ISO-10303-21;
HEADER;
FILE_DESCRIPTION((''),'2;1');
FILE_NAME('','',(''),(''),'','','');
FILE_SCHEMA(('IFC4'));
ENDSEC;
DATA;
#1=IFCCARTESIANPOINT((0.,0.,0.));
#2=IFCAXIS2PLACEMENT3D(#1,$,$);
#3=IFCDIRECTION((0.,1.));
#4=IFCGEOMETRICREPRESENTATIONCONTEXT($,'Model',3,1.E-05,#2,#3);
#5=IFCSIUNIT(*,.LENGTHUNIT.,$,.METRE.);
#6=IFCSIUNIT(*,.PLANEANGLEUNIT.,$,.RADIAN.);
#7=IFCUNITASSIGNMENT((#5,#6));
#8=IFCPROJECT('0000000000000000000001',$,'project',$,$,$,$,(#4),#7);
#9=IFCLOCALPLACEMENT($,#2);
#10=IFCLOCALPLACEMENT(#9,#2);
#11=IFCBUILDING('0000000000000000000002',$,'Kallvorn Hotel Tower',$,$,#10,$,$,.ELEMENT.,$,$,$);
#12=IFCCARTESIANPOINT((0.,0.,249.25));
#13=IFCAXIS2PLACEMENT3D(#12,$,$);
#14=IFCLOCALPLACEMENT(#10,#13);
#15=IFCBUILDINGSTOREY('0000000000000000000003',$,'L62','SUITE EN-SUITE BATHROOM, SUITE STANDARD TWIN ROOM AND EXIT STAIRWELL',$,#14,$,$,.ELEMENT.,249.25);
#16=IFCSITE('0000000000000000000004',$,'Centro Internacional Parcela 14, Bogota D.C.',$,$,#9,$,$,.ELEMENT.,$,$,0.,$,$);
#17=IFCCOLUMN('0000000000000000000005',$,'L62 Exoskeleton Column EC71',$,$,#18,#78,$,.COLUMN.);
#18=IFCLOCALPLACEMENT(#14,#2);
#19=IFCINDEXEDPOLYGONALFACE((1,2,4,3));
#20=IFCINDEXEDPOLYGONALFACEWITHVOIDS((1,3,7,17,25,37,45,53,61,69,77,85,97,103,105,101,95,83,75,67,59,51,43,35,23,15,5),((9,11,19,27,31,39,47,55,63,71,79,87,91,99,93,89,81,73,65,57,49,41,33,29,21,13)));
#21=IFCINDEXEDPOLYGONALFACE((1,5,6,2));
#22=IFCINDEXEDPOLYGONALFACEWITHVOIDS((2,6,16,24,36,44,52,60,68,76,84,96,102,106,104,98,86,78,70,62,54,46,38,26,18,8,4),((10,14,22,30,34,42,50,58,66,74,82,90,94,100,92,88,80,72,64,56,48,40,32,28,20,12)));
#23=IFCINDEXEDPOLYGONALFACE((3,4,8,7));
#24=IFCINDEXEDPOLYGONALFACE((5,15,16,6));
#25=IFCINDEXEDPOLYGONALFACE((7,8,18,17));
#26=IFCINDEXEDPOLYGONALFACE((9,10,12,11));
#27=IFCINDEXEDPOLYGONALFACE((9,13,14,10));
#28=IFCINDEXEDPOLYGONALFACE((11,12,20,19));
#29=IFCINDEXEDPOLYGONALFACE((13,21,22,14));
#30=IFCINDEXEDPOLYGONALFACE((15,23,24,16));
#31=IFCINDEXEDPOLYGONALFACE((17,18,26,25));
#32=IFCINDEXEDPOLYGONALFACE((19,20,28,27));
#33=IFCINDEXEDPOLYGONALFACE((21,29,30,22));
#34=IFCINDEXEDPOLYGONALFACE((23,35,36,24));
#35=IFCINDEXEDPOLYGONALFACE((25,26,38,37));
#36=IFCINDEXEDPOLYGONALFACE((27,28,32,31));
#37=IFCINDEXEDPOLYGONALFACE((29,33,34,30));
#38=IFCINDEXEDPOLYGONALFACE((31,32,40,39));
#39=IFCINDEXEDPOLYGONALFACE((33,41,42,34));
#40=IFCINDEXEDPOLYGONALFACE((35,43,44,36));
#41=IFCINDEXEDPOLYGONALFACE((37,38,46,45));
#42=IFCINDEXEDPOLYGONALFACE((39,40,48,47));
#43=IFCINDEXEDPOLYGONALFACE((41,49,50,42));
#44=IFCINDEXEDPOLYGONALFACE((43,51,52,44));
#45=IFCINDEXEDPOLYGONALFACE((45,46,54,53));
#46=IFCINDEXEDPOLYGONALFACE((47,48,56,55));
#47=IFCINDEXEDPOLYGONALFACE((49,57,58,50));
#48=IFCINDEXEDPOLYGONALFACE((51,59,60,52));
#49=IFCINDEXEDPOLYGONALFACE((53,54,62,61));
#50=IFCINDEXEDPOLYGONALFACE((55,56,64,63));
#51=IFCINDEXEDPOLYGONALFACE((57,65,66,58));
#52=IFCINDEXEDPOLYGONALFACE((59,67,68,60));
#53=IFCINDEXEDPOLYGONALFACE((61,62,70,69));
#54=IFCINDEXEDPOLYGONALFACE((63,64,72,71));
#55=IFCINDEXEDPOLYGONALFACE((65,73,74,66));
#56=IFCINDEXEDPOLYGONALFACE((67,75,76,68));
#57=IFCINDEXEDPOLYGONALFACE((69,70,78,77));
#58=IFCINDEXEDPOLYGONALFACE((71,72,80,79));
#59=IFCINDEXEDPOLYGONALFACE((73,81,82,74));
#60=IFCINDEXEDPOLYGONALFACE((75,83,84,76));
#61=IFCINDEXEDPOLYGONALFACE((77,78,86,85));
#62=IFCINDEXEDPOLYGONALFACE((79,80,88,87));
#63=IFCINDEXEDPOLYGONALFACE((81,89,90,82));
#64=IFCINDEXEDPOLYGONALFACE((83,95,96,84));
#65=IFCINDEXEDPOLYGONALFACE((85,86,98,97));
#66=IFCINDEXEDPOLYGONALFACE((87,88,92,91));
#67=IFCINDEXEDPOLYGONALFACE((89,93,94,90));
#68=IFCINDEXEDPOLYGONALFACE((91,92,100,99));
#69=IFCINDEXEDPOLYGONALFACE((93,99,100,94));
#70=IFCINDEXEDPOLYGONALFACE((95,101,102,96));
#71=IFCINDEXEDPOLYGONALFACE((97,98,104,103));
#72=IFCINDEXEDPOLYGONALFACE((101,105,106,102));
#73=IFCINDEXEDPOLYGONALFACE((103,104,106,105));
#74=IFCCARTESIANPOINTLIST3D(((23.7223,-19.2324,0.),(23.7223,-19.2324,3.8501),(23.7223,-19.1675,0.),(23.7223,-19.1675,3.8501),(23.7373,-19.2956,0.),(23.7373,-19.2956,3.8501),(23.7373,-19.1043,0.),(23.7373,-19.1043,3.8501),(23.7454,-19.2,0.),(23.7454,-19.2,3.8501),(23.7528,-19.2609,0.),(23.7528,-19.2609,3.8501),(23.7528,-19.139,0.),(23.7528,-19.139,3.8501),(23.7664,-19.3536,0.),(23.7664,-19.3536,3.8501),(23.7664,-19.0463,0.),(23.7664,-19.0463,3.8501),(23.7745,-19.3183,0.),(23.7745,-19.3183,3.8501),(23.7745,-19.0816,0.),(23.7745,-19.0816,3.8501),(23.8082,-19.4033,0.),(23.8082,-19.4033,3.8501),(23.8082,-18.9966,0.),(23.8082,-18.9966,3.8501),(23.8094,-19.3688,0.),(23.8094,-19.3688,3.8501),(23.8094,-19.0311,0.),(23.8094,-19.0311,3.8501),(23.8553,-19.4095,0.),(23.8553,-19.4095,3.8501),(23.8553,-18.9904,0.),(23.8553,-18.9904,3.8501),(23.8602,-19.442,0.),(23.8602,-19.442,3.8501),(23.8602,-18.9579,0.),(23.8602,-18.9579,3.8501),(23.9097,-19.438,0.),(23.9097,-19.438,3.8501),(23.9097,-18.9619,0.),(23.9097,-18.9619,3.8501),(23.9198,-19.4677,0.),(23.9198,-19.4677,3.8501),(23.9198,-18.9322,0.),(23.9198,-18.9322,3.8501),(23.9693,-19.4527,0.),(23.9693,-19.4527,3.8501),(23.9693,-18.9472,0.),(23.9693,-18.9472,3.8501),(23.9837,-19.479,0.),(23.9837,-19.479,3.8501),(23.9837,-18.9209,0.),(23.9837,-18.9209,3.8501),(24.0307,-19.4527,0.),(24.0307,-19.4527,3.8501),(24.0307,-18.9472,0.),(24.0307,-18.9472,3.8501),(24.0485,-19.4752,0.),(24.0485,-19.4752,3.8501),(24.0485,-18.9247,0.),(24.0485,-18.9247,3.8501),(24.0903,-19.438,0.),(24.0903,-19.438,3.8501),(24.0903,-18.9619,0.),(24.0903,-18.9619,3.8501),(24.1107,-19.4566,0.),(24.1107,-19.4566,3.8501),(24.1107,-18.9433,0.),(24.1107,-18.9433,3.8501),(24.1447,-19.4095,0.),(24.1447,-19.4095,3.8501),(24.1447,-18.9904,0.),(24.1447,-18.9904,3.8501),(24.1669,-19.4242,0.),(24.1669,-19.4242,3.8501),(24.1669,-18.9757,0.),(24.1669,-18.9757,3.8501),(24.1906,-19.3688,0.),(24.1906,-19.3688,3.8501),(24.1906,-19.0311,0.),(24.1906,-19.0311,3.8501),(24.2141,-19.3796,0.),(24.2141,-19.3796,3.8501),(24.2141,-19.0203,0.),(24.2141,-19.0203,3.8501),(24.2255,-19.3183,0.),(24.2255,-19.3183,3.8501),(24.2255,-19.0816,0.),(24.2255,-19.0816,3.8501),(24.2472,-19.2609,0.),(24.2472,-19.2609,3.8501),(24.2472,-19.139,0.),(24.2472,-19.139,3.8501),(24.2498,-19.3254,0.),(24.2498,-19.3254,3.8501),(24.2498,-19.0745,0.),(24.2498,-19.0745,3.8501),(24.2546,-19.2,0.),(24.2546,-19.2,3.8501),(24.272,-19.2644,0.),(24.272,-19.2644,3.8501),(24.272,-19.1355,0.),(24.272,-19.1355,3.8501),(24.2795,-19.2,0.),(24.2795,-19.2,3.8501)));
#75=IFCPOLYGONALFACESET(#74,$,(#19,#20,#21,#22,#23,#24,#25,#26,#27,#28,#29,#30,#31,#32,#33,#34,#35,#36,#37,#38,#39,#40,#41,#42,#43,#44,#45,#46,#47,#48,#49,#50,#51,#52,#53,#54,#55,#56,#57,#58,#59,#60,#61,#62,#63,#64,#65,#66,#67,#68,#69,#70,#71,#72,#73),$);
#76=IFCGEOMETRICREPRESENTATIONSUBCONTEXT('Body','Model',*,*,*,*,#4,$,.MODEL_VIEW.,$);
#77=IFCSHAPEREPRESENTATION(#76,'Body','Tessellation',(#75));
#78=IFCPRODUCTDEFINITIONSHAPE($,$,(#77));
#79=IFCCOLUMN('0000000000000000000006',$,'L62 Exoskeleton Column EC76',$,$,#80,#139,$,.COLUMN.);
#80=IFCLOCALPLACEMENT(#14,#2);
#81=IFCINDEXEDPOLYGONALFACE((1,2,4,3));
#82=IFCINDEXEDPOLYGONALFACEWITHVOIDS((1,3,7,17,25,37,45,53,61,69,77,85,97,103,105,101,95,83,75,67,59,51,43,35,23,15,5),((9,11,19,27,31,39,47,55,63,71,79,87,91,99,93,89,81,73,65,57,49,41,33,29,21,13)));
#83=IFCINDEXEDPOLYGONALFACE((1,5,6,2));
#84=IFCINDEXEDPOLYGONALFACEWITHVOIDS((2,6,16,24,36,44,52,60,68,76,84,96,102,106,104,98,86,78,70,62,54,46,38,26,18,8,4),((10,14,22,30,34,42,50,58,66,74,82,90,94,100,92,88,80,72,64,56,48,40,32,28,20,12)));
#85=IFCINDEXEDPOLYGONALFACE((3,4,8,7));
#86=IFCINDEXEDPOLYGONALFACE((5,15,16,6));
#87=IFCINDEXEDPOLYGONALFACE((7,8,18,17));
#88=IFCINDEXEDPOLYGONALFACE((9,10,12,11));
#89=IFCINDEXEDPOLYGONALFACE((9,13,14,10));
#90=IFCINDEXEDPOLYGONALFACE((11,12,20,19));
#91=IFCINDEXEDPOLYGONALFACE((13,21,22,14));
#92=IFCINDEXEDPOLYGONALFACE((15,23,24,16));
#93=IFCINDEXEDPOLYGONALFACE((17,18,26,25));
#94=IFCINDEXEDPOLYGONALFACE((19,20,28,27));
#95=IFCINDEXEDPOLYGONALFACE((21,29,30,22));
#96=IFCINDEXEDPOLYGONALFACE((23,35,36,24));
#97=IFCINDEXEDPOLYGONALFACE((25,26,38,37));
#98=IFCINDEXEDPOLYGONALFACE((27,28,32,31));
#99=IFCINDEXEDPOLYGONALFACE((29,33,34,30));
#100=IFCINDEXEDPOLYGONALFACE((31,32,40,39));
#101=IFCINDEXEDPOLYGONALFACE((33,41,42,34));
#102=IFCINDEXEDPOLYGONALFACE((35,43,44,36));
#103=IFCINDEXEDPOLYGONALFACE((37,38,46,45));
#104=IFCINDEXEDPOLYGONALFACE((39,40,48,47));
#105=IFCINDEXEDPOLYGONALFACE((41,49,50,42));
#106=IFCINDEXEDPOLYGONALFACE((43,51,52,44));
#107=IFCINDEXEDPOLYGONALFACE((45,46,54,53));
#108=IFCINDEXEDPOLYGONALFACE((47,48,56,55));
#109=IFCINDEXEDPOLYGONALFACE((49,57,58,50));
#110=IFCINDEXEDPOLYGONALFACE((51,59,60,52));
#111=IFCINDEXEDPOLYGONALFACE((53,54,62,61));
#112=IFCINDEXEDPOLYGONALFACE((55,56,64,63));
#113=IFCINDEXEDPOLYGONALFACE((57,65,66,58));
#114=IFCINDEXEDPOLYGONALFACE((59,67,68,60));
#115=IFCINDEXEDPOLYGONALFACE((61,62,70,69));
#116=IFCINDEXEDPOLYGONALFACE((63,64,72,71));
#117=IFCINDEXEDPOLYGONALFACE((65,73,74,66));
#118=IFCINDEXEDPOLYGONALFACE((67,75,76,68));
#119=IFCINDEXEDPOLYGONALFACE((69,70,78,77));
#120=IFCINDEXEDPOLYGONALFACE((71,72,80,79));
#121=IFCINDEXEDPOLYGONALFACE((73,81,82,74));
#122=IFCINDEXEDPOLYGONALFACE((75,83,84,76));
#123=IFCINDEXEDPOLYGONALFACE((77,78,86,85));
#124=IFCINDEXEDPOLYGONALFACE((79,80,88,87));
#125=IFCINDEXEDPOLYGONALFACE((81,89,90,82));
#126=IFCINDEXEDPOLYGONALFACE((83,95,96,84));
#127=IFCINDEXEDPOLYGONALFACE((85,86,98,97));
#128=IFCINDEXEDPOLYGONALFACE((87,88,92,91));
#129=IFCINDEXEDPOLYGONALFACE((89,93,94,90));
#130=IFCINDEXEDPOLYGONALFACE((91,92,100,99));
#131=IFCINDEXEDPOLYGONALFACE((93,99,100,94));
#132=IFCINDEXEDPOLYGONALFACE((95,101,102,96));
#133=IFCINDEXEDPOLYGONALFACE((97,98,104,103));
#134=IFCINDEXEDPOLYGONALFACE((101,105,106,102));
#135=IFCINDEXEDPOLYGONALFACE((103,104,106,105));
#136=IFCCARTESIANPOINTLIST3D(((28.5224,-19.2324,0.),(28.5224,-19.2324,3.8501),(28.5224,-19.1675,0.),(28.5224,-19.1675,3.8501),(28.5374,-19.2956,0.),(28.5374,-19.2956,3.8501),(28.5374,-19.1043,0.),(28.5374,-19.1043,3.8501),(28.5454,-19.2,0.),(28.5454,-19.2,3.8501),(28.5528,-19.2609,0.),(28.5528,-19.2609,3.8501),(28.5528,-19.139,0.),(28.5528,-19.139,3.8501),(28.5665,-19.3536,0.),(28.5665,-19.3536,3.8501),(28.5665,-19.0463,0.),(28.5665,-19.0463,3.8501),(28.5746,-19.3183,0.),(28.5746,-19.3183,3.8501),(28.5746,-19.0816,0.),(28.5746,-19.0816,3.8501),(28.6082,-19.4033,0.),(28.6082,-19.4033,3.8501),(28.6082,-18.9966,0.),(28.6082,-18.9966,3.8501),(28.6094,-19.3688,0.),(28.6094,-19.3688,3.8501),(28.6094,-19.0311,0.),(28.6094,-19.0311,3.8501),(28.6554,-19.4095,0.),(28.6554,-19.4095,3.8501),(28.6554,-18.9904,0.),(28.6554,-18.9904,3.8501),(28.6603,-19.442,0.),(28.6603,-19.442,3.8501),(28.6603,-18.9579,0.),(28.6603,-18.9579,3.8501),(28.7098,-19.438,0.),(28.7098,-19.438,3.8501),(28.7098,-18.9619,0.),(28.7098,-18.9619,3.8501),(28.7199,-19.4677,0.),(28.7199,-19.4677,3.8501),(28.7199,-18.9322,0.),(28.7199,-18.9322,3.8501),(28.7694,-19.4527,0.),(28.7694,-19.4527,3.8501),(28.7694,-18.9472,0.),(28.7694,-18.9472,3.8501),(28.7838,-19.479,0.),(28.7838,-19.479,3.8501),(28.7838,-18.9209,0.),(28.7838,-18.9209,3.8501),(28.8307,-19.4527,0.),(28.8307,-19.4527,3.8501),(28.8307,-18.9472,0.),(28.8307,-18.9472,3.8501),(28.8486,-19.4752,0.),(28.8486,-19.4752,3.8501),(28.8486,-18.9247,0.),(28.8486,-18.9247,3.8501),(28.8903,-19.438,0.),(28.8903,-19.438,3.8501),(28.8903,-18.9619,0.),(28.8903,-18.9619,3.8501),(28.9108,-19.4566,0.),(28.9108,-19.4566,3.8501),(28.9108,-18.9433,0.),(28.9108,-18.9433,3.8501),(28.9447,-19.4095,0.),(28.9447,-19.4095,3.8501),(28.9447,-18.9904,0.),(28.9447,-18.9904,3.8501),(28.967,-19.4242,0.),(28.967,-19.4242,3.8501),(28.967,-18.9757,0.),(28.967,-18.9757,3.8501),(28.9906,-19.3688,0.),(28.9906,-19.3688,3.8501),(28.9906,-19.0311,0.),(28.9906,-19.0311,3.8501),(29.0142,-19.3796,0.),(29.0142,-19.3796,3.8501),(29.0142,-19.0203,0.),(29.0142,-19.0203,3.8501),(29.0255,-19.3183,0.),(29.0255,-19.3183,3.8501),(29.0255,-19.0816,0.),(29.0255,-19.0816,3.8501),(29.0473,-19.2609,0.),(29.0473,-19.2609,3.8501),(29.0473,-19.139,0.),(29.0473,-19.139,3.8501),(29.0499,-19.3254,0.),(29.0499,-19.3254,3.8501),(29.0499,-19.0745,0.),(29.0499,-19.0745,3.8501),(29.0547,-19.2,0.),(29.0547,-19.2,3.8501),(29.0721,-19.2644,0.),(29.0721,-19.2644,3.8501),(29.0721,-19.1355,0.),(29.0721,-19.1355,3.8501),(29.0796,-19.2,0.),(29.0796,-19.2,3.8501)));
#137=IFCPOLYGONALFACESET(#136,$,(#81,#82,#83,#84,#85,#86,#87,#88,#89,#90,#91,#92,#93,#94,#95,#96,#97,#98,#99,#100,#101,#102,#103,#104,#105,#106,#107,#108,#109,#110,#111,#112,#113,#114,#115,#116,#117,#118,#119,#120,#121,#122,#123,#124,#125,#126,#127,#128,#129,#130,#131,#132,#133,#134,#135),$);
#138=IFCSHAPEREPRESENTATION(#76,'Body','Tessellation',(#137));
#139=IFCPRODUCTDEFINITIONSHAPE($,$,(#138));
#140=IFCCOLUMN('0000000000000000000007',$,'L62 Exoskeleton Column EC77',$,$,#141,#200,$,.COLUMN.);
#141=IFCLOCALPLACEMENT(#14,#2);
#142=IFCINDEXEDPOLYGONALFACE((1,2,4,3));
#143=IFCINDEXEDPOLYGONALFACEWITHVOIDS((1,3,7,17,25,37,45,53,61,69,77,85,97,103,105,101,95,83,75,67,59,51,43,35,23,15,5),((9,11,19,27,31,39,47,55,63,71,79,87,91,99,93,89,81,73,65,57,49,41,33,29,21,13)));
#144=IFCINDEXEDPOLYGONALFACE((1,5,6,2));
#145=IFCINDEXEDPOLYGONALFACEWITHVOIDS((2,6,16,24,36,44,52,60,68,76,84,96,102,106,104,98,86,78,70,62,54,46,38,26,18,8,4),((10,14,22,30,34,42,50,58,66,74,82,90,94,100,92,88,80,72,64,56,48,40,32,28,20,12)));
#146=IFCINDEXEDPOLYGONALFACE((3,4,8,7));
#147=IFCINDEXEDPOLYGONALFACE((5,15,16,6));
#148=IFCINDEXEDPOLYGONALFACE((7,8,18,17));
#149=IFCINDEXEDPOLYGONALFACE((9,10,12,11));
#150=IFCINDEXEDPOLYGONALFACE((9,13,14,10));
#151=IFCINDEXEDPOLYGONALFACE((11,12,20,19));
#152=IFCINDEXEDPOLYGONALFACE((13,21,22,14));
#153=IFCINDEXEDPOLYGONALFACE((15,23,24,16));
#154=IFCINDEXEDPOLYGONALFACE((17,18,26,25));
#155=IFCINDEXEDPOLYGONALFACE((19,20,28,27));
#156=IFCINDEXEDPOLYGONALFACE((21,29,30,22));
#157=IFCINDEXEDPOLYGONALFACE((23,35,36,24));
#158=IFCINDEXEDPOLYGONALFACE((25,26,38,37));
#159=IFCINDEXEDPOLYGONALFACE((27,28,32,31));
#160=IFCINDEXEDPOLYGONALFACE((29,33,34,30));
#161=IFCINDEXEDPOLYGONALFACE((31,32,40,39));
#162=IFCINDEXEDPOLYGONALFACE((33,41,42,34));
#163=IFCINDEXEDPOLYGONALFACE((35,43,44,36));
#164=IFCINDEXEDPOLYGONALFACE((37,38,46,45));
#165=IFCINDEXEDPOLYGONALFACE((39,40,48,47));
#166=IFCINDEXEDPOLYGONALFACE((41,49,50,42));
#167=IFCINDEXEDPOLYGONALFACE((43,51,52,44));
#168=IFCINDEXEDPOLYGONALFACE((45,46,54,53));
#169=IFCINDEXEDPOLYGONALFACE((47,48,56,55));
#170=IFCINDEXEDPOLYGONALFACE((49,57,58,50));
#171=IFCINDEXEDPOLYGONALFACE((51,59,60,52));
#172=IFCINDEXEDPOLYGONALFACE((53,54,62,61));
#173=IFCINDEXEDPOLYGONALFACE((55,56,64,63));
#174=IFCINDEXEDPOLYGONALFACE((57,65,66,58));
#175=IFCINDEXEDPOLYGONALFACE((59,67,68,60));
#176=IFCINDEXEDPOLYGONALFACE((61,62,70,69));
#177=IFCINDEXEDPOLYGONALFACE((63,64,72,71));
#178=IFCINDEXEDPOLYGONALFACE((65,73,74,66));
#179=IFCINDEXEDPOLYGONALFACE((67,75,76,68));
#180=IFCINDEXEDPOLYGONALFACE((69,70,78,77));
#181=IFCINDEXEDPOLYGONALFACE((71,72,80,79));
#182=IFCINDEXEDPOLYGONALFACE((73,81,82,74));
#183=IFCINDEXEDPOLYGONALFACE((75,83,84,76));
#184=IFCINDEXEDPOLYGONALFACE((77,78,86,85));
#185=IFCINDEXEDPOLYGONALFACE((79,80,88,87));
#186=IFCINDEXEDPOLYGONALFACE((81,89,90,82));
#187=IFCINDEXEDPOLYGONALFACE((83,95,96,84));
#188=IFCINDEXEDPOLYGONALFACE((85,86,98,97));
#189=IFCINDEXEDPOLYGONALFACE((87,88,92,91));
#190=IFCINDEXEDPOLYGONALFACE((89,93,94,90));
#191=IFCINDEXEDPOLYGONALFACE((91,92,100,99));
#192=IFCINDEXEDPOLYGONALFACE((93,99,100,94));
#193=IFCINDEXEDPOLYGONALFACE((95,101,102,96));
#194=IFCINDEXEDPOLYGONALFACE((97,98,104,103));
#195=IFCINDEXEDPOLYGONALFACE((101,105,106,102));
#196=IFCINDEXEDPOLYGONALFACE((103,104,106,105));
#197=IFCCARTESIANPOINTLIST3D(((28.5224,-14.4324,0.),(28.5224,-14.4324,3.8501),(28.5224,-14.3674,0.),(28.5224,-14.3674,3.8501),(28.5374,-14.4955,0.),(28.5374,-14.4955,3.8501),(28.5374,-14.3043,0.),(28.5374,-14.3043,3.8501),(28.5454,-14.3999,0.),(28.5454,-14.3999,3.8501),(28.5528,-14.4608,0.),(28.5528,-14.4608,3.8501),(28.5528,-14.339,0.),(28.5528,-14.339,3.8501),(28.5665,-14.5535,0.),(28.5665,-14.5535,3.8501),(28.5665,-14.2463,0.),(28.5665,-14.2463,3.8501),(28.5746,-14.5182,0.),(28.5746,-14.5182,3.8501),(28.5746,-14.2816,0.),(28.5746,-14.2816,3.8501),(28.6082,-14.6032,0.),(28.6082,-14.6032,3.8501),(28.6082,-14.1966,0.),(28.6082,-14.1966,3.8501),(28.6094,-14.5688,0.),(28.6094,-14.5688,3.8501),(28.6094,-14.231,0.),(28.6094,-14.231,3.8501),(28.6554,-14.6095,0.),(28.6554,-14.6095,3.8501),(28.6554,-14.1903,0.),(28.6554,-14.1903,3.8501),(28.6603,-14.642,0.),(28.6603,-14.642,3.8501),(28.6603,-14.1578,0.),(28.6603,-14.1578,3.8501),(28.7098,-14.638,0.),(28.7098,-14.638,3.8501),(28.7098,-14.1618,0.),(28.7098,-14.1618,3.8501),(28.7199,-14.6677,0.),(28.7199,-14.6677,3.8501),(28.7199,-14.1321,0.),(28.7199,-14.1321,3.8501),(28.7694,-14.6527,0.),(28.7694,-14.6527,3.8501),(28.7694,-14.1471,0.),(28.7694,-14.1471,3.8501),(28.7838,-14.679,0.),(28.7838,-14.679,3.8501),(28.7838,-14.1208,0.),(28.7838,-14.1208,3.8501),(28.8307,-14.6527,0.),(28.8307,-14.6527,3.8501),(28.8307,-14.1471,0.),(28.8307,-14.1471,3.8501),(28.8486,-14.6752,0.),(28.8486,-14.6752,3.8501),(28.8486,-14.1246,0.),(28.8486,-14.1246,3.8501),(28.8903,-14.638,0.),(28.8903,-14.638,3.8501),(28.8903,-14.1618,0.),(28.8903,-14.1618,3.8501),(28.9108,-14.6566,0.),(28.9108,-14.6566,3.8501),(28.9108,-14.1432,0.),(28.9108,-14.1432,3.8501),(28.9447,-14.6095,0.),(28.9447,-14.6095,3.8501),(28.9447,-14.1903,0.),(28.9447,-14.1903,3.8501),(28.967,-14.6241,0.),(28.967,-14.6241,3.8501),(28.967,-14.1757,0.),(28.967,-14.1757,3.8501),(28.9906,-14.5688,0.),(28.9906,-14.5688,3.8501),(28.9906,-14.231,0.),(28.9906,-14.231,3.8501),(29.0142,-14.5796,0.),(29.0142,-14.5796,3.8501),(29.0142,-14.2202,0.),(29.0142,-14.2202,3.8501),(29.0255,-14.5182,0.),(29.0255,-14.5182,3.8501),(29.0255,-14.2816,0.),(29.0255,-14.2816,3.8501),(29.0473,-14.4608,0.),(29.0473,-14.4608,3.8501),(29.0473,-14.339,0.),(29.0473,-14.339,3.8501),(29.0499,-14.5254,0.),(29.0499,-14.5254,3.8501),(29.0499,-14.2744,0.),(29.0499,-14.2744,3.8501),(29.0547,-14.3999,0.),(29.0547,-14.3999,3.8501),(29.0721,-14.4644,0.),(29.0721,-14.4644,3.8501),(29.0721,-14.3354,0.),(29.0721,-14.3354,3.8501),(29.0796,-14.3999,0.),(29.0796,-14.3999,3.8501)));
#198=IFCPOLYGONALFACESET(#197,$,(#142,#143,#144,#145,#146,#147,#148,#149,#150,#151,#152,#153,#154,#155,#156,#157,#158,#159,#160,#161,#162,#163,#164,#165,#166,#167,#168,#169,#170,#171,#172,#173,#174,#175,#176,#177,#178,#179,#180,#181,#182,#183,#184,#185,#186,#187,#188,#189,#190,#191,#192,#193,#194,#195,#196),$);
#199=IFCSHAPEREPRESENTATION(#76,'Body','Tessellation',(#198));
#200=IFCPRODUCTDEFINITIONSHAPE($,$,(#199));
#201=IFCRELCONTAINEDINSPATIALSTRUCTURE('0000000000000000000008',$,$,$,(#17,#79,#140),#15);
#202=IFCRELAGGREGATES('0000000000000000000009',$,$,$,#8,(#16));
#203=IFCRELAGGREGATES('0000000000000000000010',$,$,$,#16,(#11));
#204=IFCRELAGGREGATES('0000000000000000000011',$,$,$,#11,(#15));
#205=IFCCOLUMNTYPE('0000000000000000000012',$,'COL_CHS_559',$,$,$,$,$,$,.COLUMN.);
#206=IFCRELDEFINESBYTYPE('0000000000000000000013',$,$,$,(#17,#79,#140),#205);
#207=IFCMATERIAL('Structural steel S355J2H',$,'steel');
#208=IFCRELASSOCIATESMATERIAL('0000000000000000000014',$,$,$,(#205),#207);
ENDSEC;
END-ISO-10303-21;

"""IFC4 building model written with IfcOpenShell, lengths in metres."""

from ifc_helpers import new_model, si_unit, direction, frame, origin, origin_2d, place, context, subcontext, project, spatial, hollow_circle, extrude, material, material_profile, profile_set, type_object, element, save


model = new_model("IFC4")

# Units and contexts
model_context = context("Model", 3, precision=1e-05, world=origin(), true_north=direction((0.0, 1.0)))
body_context = subcontext(model_context, "Body", "Model", "MODEL_VIEW")
ifc_project = project(units=[si_unit("LENGTHUNIT", "METRE"), si_unit("PLANEANGLEUNIT", "RADIAN")], contexts=[model_context])

# Site, building, storey
site_placement = place(None, origin())
site = spatial("IfcSite", under=ifc_project, at=site_placement, Name="Centro Internacional Parcela 14, Bogota D.C.", CompositionType="ELEMENT", RefElevation=0.0)
building_placement = place(site_placement, origin())
building = spatial("IfcBuilding", under=site, at=building_placement, Name="Kallvorn Hotel Tower", CompositionType="ELEMENT")
storey_placement = place(building_placement, frame((0.0, 0.0, 249.25)))
storey = spatial("IfcBuildingStorey", under=building, at=storey_placement, Name="L62", Description="SUITE EN-SUITE BATHROOM, SUITE STANDARD TWIN ROOM AND EXIT STAIRWELL", CompositionType="ELEMENT", Elevation=249.25)

# Columns
ifc_material_1 = material(Name="Structural steel S355J2H", Category="steel")
ifc_material_profile_1 = material_profile(ifc_material_1, hollow_circle(Radius=0.2795, WallThickness=0.0249, at=origin_2d()), Name="CHS 559x25")
ifc_profile_set_1 = profile_set([ifc_material_profile_1], Name="Structural steel S355J2H")
column_type_1 = type_object("IfcColumnType", Name="COL_CHS_559", PredefinedType="COLUMN", material=ifc_profile_set_1)
for number, where, z_axis, x_axis, name in (
    (1, (24.0, -19.2, 0.0), (0.0, 0.0, 1.0), (1.0, 0.0, 0.0), "L62 Exoskeleton Column EC71"),
    (2, (28.8, -19.2, 0.0), (0.0, 0.0, 1.0), (1.0, 0.0, 0.0), "L62 Exoskeleton Column EC76"),
    (3, (28.8, -14.3999, 0.0), (0.0, 0.0, 1.0), (1.0, 0.0, 0.0), "L62 Exoskeleton Column EC77"),
):
    element("IfcColumn", number, at=place(storey_placement, frame(where, z_axis=z_axis, x_axis=x_axis)), inside=storey, type_object=column_type_1, Name=name, PredefinedType="COLUMN", context=body_context, shape_type="SweptSolid", body=[
        extrude(hollow_circle(Radius=0.2795, WallThickness=0.0249, at=origin_2d()), origin(), (0.0, 0.0, 1.0), 3.8501),
    ])

save(model, "model.ifc")
